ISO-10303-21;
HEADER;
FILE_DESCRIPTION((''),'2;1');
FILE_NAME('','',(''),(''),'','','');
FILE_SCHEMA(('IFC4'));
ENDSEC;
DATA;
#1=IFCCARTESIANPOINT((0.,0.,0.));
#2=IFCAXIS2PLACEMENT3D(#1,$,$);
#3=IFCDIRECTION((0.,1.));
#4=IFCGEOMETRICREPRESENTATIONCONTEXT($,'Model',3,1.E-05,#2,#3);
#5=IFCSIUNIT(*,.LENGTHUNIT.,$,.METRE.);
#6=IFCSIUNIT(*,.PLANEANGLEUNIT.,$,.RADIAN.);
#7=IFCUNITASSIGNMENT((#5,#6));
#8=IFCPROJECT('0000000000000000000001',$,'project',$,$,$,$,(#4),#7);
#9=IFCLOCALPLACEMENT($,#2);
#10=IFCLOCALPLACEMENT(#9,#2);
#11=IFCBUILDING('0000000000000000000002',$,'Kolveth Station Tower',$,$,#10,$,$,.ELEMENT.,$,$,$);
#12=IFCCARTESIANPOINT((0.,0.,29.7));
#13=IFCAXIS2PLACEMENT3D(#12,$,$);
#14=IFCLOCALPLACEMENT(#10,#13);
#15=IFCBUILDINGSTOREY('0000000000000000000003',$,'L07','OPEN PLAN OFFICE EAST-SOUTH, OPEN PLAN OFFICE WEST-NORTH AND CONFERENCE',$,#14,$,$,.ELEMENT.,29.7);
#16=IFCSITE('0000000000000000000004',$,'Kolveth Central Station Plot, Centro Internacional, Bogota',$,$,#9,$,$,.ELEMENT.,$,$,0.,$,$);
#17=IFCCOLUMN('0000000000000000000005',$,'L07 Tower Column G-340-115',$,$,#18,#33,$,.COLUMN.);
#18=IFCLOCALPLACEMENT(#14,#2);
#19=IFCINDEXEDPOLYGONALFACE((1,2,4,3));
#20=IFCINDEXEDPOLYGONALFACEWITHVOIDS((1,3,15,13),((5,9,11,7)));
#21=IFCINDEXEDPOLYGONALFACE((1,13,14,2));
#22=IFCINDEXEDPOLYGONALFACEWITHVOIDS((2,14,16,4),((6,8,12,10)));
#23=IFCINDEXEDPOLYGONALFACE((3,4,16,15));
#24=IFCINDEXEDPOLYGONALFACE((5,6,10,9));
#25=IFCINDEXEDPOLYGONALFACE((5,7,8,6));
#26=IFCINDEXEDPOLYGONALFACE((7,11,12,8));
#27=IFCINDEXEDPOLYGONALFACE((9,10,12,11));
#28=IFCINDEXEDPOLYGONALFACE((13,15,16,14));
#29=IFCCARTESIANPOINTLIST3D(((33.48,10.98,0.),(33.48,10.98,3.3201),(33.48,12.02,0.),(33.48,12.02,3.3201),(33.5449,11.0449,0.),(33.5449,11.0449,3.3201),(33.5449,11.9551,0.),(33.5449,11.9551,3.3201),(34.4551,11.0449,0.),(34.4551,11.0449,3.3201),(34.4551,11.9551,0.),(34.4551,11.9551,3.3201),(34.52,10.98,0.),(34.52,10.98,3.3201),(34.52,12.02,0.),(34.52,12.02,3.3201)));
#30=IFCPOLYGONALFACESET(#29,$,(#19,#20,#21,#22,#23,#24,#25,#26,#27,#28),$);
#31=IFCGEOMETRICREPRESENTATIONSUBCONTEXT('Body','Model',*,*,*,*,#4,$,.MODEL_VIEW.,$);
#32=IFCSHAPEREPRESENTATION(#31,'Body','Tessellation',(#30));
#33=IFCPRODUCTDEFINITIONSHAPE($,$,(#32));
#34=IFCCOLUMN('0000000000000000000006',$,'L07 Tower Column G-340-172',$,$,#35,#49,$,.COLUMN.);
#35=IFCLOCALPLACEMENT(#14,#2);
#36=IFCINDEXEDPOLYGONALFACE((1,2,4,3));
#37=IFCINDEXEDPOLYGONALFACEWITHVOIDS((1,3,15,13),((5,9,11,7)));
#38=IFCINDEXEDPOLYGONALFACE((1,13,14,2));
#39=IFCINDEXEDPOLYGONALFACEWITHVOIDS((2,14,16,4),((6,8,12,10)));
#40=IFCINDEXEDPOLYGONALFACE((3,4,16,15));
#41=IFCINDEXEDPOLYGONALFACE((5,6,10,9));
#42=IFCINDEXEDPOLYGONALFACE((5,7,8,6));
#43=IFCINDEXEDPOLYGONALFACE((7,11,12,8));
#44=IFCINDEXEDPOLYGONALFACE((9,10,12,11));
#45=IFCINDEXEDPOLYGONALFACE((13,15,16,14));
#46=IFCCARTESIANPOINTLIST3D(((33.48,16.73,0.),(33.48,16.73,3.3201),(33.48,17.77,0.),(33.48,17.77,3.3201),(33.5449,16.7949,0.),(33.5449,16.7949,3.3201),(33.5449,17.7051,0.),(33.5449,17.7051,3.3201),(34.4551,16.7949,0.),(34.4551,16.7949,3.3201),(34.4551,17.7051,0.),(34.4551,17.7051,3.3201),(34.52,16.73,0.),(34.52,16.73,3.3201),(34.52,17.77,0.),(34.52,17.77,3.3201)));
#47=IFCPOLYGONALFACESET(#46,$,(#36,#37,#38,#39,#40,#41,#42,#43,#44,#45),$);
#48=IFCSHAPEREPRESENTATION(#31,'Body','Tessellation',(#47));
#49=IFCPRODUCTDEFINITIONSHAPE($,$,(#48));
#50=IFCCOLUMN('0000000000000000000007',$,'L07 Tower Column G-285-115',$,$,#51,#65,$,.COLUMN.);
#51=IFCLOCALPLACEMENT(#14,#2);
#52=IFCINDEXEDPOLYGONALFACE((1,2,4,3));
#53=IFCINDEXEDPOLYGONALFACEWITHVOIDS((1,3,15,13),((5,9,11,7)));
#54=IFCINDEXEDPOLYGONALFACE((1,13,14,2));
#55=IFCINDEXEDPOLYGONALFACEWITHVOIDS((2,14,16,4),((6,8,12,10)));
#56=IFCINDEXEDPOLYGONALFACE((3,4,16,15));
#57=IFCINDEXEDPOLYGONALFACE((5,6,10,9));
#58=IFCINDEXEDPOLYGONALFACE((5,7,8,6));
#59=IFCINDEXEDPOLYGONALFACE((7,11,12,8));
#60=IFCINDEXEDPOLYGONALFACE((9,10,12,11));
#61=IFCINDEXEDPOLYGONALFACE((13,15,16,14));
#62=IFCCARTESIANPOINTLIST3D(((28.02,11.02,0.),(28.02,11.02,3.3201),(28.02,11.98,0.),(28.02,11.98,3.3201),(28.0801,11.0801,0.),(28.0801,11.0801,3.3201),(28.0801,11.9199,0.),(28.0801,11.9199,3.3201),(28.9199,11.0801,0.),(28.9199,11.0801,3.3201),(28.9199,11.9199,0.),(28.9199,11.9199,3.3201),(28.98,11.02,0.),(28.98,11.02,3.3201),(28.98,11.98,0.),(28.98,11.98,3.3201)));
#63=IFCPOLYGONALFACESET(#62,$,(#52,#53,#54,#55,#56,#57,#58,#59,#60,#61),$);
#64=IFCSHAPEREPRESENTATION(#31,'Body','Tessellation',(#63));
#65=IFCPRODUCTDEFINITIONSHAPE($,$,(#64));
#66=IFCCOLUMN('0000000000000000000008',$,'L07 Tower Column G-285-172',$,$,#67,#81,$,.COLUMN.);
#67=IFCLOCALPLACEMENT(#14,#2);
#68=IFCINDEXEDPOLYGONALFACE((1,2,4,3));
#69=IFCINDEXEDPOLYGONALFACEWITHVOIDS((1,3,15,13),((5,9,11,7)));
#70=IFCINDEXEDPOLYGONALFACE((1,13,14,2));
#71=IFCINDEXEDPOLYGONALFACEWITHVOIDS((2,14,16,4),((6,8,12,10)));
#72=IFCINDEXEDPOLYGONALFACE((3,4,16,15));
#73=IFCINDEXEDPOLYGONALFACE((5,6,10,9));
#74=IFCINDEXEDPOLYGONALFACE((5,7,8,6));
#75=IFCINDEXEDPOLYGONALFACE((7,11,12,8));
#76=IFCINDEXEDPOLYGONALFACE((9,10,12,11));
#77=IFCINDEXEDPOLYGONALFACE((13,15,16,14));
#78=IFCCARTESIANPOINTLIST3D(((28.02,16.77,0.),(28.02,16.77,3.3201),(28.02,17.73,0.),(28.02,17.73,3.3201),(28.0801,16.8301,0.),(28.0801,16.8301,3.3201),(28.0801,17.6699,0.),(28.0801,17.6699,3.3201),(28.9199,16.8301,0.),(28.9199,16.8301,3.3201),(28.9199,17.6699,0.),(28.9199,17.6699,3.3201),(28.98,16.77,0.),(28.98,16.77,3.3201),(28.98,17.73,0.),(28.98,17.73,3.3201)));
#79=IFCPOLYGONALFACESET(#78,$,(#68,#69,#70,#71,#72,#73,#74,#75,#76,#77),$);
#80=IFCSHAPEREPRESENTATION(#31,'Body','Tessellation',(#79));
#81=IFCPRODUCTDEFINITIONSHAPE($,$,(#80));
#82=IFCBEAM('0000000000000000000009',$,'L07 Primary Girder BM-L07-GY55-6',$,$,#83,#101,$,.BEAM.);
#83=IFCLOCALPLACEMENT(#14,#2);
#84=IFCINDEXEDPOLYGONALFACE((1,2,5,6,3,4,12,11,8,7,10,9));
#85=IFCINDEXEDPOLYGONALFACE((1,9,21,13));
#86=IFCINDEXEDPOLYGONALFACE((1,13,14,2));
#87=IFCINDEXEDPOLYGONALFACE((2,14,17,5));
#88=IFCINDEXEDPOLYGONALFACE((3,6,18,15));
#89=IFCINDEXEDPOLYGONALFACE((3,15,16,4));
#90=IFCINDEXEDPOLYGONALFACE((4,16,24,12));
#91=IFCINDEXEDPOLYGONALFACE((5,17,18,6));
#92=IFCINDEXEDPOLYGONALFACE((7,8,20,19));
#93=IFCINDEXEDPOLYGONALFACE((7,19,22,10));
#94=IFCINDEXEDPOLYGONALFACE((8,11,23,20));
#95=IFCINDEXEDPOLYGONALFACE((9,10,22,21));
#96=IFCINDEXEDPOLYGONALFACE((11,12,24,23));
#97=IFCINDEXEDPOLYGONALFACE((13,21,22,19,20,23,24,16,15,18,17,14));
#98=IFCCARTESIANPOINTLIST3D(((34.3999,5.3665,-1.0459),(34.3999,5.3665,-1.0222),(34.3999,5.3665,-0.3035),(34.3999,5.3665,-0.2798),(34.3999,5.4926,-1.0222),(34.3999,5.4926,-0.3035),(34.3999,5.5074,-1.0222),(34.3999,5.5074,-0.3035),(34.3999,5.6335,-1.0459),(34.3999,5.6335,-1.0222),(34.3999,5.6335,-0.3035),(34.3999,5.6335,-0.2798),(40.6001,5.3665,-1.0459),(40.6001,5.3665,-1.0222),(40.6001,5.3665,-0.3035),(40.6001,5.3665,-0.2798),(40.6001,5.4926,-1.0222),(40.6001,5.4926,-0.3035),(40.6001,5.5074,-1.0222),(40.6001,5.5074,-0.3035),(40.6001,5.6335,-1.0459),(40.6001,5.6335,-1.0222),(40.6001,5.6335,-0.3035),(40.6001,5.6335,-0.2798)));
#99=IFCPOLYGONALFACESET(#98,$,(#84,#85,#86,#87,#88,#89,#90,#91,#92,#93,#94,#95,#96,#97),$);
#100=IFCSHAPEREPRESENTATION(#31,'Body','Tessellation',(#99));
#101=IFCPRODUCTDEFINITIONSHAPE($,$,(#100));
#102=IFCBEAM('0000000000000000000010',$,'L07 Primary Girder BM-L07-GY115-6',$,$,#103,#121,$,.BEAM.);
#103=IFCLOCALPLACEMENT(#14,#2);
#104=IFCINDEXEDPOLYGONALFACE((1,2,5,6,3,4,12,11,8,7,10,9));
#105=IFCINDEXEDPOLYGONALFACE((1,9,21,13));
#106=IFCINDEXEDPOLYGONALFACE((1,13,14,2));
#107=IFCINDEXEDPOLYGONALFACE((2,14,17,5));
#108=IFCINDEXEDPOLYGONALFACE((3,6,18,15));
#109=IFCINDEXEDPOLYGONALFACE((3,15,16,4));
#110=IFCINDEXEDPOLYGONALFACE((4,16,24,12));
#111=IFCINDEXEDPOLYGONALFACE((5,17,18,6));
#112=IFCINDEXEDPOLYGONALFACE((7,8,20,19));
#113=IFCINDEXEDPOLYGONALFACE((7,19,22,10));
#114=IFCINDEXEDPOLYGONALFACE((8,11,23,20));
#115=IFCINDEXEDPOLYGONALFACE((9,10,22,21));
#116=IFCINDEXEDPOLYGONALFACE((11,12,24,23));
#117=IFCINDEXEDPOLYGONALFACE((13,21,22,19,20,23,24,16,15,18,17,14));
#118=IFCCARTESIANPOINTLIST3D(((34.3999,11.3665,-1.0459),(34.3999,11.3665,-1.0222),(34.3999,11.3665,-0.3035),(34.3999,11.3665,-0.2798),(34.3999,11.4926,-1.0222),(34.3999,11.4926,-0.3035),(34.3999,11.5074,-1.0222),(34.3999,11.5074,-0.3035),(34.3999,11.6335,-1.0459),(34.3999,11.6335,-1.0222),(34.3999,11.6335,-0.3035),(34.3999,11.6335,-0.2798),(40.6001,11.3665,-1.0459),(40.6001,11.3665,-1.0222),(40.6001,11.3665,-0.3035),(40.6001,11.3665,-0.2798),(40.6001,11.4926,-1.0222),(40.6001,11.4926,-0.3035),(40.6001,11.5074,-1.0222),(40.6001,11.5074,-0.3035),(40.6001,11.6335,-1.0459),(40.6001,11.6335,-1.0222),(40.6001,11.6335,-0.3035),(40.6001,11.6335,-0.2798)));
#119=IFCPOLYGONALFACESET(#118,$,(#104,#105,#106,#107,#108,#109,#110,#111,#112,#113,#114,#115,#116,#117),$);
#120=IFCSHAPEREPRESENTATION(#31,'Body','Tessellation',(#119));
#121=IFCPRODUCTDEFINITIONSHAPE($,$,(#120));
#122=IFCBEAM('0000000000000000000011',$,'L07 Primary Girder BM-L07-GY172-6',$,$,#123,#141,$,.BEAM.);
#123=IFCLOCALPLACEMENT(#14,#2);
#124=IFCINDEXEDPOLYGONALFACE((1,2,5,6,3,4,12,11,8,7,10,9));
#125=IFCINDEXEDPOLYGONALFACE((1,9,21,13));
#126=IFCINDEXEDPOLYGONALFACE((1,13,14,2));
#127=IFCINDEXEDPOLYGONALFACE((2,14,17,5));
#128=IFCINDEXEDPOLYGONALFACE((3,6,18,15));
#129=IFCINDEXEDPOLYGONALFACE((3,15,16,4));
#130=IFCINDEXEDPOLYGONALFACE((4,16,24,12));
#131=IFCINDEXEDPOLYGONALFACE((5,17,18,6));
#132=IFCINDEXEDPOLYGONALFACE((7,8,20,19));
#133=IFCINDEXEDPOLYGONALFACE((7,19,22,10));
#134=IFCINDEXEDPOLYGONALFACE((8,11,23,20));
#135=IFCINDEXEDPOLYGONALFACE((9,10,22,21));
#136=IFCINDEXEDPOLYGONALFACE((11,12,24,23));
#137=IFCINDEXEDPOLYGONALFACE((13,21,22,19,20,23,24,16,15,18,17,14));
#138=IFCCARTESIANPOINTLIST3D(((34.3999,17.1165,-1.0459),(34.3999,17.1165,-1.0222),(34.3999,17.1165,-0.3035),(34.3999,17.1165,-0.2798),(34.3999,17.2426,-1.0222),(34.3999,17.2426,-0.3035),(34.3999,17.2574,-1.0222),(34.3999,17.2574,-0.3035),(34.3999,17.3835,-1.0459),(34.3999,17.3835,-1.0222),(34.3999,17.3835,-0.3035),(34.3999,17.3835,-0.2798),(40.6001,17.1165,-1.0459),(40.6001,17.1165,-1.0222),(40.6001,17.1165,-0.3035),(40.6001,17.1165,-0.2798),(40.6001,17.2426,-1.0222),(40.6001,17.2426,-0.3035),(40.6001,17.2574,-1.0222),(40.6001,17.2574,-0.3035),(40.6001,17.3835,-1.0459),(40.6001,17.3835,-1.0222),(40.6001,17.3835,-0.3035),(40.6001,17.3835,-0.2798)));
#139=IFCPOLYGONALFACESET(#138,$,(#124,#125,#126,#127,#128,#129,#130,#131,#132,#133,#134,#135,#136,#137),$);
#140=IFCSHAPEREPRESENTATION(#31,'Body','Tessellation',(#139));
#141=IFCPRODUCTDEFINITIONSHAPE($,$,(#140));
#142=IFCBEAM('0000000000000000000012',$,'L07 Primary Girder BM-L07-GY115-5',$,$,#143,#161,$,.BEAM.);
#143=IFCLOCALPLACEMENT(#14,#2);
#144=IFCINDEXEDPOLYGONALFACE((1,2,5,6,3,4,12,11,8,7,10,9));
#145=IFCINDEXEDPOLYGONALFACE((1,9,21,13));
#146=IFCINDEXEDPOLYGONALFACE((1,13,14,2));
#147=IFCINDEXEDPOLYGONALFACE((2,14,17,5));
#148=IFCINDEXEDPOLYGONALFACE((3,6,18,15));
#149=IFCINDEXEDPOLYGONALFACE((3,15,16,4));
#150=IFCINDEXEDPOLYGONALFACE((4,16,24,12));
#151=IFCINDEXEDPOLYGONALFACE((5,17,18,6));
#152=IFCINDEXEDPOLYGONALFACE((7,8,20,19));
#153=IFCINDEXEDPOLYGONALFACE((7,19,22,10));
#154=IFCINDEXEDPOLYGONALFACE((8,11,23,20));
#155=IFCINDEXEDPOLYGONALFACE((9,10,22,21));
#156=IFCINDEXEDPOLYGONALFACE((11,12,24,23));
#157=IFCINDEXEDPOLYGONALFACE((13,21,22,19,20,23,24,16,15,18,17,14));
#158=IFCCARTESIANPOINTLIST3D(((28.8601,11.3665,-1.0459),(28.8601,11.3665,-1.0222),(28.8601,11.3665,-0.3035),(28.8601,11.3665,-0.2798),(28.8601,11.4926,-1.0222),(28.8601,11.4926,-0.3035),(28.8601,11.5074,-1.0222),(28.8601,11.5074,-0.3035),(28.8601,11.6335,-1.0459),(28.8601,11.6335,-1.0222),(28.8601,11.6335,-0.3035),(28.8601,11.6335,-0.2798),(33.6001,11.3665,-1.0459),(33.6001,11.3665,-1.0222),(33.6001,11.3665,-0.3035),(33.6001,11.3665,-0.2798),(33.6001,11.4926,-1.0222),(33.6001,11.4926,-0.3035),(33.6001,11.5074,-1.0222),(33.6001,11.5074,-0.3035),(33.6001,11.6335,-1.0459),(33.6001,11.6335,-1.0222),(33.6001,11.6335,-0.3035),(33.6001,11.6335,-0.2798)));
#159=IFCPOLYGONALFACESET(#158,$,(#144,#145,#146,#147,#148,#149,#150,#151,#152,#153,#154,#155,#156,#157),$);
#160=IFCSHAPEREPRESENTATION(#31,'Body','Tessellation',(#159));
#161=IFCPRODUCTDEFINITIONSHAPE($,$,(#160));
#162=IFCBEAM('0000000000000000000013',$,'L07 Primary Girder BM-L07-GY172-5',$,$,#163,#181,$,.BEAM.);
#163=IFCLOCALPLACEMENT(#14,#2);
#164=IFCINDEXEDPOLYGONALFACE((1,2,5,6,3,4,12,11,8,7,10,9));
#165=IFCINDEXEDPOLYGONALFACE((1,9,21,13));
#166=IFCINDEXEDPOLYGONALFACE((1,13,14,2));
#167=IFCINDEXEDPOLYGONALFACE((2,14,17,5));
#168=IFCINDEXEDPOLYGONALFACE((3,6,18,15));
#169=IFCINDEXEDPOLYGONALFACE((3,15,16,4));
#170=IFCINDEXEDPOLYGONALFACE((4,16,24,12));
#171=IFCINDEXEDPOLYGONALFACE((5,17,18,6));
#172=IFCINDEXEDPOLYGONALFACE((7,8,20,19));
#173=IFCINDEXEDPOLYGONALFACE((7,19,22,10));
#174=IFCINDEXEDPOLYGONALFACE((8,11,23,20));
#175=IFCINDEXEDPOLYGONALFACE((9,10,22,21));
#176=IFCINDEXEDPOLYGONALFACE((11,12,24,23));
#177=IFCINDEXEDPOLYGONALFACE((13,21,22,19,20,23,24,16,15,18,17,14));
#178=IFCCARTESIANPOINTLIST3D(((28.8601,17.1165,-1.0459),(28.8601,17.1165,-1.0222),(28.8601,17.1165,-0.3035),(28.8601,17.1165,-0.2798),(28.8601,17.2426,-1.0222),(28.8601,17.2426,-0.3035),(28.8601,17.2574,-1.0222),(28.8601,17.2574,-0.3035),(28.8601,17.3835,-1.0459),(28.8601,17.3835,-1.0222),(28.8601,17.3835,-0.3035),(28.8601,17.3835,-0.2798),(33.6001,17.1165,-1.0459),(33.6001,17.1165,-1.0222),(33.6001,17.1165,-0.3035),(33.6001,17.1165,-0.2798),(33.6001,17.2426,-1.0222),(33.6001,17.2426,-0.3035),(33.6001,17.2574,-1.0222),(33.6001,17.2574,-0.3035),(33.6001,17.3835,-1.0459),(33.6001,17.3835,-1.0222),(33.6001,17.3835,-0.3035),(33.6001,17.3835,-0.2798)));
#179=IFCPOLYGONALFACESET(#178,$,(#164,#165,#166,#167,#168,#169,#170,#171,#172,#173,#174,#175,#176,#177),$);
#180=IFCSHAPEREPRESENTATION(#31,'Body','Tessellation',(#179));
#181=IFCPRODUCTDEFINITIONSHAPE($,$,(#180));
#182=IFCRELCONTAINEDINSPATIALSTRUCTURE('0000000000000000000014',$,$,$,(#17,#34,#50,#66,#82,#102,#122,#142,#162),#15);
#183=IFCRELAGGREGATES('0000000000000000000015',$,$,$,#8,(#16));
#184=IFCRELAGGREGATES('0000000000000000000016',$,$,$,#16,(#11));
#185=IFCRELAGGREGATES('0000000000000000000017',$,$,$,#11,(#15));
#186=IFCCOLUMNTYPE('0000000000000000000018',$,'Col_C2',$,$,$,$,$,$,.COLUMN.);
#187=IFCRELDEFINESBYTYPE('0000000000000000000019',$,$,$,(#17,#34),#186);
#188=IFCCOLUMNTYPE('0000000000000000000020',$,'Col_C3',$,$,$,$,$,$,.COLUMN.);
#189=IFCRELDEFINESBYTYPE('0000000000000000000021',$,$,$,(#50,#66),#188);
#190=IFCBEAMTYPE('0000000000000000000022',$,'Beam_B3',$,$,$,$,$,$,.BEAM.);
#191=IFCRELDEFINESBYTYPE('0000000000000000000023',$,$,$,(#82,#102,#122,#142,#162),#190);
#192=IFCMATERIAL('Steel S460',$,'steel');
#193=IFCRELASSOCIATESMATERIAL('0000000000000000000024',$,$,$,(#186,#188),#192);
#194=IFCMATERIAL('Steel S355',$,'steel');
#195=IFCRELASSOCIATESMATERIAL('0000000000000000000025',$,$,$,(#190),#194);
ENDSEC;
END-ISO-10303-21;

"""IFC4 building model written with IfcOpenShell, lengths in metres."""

from ifc_helpers import new_model, si_unit, direction, frame, origin, origin_2d, place, context, subcontext, project, spatial, hollow_rectangle, i_section, extrude, source, transform, mapped, material, material_profile, profile_set, type_object, element, save


model = new_model("IFC4")

# Units and contexts
model_context = context("Model", 3, precision=1e-05, world=origin(), true_north=direction((0.0, 1.0)))
body_context = subcontext(model_context, "Body", "Model", "MODEL_VIEW")
ifc_project = project(units=[si_unit("LENGTHUNIT", "METRE"), si_unit("PLANEANGLEUNIT", "RADIAN")], contexts=[model_context])

# Site, building, storey
site_placement = place(None, origin())
site = spatial("IfcSite", under=ifc_project, at=site_placement, Name="Kolveth Central Station Plot, Centro Internacional, Bogota", CompositionType="ELEMENT", RefElevation=0.0)
building_placement = place(site_placement, origin())
building = spatial("IfcBuilding", under=site, at=building_placement, Name="Kolveth Station Tower", CompositionType="ELEMENT")
storey_placement = place(building_placement, frame((0.0, 0.0, 29.7)))
storey = spatial("IfcBuildingStorey", under=building, at=storey_placement, Name="L07", Description="OPEN PLAN OFFICE EAST-SOUTH, OPEN PLAN OFFICE WEST-NORTH AND CONFERENCE", CompositionType="ELEMENT", Elevation=29.7)

# Columns
ifc_material_1 = material(Name="Steel S460", Category="steel")
ifc_material_profile_1 = material_profile(ifc_material_1, hollow_rectangle(XDim=1.04, YDim=1.04, WallThickness=0.0649, at=origin_2d()), Name="BOX1040x1040x65")
ifc_profile_set_1 = profile_set([ifc_material_profile_1], Name="Steel S460")
column_type_1 = type_object("IfcColumnType", Name="Col_C2", PredefinedType="COLUMN", material=ifc_profile_set_1)
shared_shape_1 = source(origin(), body_context, "Body", "SweptSolid", [
    extrude(hollow_rectangle(XDim=1.04, YDim=1.04, WallThickness=0.0649, at=origin_2d()), origin(), (0.0, 0.0, 1.0), 3.3201),
])
for number, where, z_axis, x_axis, name in (
    (1, (34.0, 11.5, 0.0), (0.0, 0.0, 1.0), (1.0, 0.0, 0.0), "L07 Tower Column G-340-115"),
    (2, (34.0, 17.25, 0.0), (0.0, 0.0, 1.0), (1.0, 0.0, 0.0), "L07 Tower Column G-340-172"),
):
    element("IfcColumn", number, at=place(storey_placement, frame(where, z_axis=z_axis, x_axis=x_axis)), inside=storey, type_object=column_type_1, Name=name, PredefinedType="COLUMN", context=body_context, shape_type="MappedRepresentation", body=[
        mapped(shared_shape_1, transform((0.0, 0.0, 0.0), x_axis=(1.0, 0.0, 0.0), y_axis=(0.0, 1.0, 0.0), z_axis=(0.0, 0.0, 1.0), scale=1.0)),
    ])
ifc_material_profile_2 = material_profile(ifc_material_1, hollow_rectangle(XDim=0.96, YDim=0.96, WallThickness=0.0601, at=origin_2d()), Name="BOX960x960x60")
ifc_profile_set_2 = profile_set([ifc_material_profile_2], Name="Steel S460")
column_type_2 = type_object("IfcColumnType", Name="Col_C3", PredefinedType="COLUMN", material=ifc_profile_set_2)
shared_shape_2 = source(origin(), body_context, "Body", "SweptSolid", [
    extrude(hollow_rectangle(XDim=0.96, YDim=0.96, WallThickness=0.0601, at=origin_2d()), origin(), (0.0, 0.0, 1.0), 3.3201),
])
for number, where, z_axis, x_axis, name in (
    (3, (28.5, 11.5, 0.0), (0.0, 0.0, 1.0), (1.0, 0.0, 0.0), "L07 Tower Column G-285-115"),
    (4, (28.5, 17.25, 0.0), (0.0, 0.0, 1.0), (1.0, 0.0, 0.0), "L07 Tower Column G-285-172"),
):
    element("IfcColumn", number, at=place(storey_placement, frame(where, z_axis=z_axis, x_axis=x_axis)), inside=storey, type_object=column_type_2, Name=name, PredefinedType="COLUMN", context=body_context, shape_type="MappedRepresentation", body=[
        mapped(shared_shape_2, transform((0.0, 0.0, 0.0), x_axis=(1.0, 0.0, 0.0), y_axis=(0.0, 1.0, 0.0), z_axis=(0.0, 0.0, 1.0), scale=1.0)),
    ])

# Beams
ifc_material_2 = material(Name="Steel S355", Category="steel")
ifc_material_profile_3 = material_profile(ifc_material_2, i_section(OverallWidth=0.2671, OverallDepth=0.7661, WebThickness=0.0149, FlangeThickness=0.0237, at=origin_2d()), Name="W760x185")
ifc_profile_set_3 = profile_set([ifc_material_profile_3], Name="Steel S355")
beam_type_1 = type_object("IfcBeamType", Name="Beam_B3", PredefinedType="BEAM", material=ifc_profile_set_3)
shared_shape_3 = source(origin(), body_context, "Body", "SweptSolid", [
    extrude(i_section(OverallWidth=0.2671, OverallDepth=0.7661, WebThickness=0.0149, FlangeThickness=0.0237, at=origin_2d()), origin(), (0.0, 0.0, 1.0), 6.2002),
])
for number, where, z_axis, x_axis, name in (
    (5, (34.3999, 5.5, -0.6628), (1.0, 0.0, 0.0), (0.0, 1.0, 0.0), "L07 Primary Girder BM-L07-GY55-6"),
    (6, (34.3999, 11.5, -0.6628), (1.0, 0.0, 0.0), (0.0, 1.0, 0.0), "L07 Primary Girder BM-L07-GY115-6"),
    (7, (34.3999, 17.25, -0.6628), (1.0, 0.0, 0.0), (0.0, 1.0, 0.0), "L07 Primary Girder BM-L07-GY172-6"),
):
    element("IfcBeam", number, at=place(storey_placement, frame(where, z_axis=z_axis, x_axis=x_axis)), inside=storey, type_object=beam_type_1, Name=name, PredefinedType="BEAM", context=body_context, shape_type="MappedRepresentation", body=[
        mapped(shared_shape_3, transform((0.0, 0.0, 0.0), x_axis=(1.0, 0.0, 0.0), y_axis=(0.0, 1.0, 0.0), z_axis=(0.0, 0.0, 1.0), scale=1.0)),
    ])
shared_shape_4 = source(origin(), body_context, "Body", "SweptSolid", [
    extrude(i_section(OverallWidth=0.2671, OverallDepth=0.7661, WebThickness=0.0149, FlangeThickness=0.0237, at=origin_2d()), origin(), (0.0, 0.0, 1.0), 4.74),
])
for number, where, z_axis, x_axis, name in (
    (8, (28.8601, 11.5, -0.6628), (1.0, 0.0, 0.0), (0.0, 1.0, 0.0), "L07 Primary Girder BM-L07-GY115-5"),
    (9, (28.8601, 17.25, -0.6628), (1.0, 0.0, 0.0), (0.0, 1.0, 0.0), "L07 Primary Girder BM-L07-GY172-5"),
):
    element("IfcBeam", number, at=place(storey_placement, frame(where, z_axis=z_axis, x_axis=x_axis)), inside=storey, type_object=beam_type_1, Name=name, PredefinedType="BEAM", context=body_context, shape_type="MappedRepresentation", body=[
        mapped(shared_shape_4, transform((0.0, 0.0, 0.0), x_axis=(1.0, 0.0, 0.0), y_axis=(0.0, 1.0, 0.0), z_axis=(0.0, 0.0, 1.0), scale=1.0)),
    ])

save(model, "model.ifc")
